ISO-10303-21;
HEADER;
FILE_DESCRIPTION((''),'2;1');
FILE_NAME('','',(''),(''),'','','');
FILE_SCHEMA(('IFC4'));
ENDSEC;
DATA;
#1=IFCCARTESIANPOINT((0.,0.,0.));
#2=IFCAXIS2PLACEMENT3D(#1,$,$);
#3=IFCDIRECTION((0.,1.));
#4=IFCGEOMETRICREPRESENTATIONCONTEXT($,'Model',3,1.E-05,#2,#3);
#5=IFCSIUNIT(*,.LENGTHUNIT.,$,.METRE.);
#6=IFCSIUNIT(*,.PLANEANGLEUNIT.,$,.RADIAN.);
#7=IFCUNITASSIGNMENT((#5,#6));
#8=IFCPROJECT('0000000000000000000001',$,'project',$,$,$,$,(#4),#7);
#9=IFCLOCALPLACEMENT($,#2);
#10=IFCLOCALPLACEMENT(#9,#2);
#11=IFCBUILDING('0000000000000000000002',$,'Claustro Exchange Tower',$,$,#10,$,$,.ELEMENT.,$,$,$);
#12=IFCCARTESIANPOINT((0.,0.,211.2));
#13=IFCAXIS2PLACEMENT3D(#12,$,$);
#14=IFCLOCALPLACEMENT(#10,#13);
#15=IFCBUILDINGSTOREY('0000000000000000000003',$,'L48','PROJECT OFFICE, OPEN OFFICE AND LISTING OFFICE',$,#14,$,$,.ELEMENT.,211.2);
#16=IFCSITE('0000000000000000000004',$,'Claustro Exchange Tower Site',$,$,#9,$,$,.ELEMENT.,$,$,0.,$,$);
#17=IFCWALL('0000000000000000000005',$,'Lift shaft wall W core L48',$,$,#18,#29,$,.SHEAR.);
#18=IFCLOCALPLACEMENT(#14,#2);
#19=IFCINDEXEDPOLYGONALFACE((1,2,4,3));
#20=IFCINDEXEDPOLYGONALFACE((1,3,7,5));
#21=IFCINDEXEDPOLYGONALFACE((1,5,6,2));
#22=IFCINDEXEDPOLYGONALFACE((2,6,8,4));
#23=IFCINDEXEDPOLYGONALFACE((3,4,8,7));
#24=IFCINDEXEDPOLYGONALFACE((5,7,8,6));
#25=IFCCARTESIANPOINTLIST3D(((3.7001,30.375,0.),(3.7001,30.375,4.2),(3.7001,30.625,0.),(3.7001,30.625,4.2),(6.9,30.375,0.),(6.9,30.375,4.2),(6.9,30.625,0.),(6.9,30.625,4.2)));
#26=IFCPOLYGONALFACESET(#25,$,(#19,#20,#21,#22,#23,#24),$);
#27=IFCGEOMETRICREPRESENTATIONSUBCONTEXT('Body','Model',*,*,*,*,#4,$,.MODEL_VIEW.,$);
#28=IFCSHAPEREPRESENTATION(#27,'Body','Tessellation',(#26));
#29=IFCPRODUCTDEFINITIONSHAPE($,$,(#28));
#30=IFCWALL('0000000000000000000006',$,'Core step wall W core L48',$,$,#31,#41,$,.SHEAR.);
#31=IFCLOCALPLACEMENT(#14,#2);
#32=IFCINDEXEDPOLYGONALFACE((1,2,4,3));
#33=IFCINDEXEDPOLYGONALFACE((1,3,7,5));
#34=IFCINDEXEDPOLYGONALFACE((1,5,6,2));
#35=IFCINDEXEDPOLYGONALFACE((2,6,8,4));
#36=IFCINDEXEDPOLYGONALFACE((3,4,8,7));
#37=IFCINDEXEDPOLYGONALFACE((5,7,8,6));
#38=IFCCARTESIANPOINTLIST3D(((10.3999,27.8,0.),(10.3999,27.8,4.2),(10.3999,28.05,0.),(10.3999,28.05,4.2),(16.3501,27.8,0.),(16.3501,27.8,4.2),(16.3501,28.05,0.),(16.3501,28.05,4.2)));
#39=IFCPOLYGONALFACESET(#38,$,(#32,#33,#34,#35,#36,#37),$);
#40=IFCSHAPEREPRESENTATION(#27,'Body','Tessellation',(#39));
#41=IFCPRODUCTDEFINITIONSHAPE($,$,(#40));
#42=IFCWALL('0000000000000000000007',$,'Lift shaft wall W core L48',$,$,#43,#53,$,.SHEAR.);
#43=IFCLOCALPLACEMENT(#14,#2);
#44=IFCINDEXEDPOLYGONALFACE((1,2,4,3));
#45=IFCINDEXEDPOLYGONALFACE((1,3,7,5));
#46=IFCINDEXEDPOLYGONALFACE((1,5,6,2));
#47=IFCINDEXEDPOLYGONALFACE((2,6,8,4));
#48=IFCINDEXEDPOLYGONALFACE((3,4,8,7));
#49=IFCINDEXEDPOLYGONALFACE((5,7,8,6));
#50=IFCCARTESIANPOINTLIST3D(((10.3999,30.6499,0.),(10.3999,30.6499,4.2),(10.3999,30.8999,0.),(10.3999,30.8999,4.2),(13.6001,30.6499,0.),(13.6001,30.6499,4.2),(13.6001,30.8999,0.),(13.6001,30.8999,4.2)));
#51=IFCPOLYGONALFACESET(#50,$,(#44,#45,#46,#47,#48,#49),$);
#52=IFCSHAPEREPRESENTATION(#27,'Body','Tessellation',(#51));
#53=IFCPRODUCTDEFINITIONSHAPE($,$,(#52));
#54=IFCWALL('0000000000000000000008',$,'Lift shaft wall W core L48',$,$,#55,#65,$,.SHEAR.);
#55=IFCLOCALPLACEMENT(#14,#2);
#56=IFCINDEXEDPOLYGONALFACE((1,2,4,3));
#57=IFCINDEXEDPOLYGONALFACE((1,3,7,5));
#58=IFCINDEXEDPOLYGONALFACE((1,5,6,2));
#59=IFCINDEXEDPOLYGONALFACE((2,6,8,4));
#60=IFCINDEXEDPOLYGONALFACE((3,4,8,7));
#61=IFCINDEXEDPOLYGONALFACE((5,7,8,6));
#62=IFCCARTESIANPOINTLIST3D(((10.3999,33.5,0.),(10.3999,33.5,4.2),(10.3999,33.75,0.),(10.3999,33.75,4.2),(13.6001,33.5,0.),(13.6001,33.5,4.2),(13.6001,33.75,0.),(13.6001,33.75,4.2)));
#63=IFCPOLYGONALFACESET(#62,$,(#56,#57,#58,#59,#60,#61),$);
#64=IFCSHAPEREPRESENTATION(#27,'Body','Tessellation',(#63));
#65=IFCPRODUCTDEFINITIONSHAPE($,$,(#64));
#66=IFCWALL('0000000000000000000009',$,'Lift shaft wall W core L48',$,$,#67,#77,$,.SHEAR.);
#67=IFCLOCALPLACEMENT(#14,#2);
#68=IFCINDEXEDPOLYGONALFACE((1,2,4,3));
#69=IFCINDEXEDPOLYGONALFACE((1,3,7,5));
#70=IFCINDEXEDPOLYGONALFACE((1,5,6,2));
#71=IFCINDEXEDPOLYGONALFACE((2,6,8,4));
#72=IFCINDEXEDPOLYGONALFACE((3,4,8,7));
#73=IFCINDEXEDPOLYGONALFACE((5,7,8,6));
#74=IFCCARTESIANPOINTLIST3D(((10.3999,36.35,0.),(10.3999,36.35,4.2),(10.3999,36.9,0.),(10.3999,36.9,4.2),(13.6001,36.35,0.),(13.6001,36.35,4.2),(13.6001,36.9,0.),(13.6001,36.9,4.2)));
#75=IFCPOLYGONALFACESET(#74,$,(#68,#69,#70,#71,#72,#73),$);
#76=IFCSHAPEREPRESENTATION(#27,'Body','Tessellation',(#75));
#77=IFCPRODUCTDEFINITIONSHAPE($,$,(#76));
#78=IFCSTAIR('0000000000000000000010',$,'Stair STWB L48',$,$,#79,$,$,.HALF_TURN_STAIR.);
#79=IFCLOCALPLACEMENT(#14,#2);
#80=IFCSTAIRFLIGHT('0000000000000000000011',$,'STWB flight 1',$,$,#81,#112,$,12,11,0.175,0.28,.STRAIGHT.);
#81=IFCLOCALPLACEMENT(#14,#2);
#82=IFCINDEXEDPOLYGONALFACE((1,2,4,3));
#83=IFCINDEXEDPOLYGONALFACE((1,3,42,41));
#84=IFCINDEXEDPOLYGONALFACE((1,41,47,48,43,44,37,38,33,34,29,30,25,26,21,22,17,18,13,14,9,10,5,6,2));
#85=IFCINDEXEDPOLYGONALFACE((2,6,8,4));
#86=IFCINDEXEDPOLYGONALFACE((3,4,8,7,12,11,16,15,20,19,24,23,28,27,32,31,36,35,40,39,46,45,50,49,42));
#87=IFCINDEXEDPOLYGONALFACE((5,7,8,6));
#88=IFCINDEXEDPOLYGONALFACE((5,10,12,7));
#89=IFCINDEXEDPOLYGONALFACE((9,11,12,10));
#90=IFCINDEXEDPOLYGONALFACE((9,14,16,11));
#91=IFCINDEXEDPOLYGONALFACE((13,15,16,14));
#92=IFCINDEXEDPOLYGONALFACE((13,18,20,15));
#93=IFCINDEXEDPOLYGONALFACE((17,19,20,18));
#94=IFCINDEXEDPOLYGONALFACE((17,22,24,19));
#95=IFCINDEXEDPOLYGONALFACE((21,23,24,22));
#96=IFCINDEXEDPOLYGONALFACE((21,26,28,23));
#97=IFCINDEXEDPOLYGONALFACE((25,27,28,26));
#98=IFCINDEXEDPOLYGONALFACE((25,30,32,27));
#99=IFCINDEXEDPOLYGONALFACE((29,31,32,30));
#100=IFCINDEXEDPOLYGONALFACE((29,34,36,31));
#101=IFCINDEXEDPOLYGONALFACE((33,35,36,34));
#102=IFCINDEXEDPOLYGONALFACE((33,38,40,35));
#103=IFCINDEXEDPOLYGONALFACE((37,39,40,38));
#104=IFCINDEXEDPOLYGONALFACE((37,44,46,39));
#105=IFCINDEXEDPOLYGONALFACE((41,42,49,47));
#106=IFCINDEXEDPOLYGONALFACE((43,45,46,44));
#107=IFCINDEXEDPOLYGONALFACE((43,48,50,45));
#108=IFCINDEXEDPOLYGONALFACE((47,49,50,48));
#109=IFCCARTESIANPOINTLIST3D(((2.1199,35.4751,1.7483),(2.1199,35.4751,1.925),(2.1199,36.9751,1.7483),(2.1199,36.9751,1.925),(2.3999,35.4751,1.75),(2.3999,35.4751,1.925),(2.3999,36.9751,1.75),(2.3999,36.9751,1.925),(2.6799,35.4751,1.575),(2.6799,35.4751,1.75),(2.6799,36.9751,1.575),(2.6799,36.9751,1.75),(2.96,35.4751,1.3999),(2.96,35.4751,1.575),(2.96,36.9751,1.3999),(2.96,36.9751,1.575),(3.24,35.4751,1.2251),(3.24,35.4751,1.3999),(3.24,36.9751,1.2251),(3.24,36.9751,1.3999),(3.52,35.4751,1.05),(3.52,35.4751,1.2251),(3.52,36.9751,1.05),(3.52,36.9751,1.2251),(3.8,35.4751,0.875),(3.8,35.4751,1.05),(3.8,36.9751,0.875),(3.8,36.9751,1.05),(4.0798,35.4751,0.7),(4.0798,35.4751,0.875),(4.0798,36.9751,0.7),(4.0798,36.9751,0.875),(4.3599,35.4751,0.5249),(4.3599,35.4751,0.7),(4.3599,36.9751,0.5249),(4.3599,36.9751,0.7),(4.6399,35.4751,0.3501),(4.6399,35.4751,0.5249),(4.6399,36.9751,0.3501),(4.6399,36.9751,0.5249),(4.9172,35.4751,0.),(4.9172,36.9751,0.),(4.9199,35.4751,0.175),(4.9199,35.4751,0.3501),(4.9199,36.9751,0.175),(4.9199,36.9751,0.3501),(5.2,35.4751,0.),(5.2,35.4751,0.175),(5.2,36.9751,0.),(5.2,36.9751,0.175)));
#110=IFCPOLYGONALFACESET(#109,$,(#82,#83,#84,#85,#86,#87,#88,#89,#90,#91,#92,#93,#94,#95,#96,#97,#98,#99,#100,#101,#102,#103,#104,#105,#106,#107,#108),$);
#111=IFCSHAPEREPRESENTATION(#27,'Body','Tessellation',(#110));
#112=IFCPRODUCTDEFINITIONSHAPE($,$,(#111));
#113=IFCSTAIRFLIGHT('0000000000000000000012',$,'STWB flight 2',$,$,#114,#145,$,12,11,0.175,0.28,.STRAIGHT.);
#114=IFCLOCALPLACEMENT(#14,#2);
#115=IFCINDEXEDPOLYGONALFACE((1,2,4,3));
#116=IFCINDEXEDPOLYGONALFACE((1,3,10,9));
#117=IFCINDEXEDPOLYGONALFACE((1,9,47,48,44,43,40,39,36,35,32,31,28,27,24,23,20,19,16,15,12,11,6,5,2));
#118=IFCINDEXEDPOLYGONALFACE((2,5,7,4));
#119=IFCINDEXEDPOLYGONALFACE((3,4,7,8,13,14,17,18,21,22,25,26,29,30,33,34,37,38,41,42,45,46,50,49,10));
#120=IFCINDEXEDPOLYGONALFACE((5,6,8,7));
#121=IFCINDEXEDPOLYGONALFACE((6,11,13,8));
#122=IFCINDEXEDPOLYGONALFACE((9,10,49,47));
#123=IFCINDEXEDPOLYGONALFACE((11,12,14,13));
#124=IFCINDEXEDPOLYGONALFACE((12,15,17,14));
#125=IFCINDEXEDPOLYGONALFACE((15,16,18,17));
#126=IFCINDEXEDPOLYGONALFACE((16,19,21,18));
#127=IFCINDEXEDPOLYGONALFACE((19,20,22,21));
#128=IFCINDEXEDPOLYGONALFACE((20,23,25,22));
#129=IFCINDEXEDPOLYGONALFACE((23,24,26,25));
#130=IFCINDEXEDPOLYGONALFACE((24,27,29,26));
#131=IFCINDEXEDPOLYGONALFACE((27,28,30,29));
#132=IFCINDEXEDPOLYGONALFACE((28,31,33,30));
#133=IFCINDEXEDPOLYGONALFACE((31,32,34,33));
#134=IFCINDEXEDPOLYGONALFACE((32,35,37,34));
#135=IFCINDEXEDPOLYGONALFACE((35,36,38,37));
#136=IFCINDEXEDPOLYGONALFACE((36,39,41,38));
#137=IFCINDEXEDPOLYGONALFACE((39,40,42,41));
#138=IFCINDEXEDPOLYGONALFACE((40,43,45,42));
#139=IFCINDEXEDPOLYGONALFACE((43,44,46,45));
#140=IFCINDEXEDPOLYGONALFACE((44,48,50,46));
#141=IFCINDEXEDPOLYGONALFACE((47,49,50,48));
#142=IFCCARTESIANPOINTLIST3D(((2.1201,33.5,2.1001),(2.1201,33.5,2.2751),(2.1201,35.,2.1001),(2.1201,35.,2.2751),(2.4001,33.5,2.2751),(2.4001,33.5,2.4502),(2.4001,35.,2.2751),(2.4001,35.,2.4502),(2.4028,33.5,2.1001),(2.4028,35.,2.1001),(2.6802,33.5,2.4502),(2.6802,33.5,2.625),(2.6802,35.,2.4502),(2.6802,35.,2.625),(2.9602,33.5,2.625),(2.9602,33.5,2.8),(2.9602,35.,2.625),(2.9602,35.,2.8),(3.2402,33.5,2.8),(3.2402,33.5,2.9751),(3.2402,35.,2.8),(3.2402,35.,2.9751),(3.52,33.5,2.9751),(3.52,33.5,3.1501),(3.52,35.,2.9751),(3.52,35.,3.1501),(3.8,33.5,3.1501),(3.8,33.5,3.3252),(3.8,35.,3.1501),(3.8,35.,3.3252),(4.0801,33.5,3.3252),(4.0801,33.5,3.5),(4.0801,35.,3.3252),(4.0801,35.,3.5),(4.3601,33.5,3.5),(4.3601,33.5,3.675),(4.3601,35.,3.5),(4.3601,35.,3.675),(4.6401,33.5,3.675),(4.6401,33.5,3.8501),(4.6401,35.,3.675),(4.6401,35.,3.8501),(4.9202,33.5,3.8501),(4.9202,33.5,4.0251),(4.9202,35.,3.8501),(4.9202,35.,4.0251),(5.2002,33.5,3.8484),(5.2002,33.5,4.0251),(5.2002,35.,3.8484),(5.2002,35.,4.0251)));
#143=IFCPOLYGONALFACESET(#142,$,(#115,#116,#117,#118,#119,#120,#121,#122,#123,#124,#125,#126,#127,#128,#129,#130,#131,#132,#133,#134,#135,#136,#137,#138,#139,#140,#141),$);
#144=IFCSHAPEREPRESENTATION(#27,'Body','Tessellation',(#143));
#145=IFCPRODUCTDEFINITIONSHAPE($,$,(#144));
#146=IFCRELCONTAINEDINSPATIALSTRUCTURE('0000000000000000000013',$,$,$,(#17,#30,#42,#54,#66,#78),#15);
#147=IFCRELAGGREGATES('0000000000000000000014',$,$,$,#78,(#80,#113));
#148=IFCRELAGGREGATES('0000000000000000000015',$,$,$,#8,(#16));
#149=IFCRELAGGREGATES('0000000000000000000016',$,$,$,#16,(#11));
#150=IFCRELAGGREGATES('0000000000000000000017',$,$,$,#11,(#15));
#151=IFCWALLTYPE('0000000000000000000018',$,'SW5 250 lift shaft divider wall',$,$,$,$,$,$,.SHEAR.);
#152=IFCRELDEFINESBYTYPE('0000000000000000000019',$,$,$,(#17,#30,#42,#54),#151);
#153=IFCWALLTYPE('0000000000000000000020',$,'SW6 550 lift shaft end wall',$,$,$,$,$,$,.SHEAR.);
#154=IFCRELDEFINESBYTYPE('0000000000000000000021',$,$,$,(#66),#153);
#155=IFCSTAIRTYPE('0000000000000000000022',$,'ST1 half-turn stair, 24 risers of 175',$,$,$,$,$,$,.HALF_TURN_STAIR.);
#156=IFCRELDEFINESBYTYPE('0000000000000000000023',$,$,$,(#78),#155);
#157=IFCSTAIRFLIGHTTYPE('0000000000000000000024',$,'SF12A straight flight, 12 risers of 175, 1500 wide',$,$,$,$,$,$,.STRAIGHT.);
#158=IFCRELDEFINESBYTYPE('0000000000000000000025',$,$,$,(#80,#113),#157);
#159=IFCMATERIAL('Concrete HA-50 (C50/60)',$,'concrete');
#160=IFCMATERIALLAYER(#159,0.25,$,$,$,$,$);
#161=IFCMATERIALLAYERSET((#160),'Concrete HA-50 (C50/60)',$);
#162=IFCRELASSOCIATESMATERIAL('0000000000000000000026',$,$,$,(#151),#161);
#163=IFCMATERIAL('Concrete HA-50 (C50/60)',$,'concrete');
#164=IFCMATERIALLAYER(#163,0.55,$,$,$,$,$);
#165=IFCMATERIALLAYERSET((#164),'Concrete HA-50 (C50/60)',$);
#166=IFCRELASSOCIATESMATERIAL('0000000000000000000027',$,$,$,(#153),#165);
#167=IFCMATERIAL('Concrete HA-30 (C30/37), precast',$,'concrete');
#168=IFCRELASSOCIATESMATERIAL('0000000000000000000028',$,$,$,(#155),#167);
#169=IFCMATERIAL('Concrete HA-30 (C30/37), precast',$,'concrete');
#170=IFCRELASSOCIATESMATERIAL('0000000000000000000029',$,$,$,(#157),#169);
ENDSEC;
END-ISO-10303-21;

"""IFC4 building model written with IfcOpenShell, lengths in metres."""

from ifc_helpers import new_model, si_unit, direction, frame, frame_2d, origin, place, context, subcontext, project, spatial, polyline, rectangle, outline, extrude, material, layer, layer_set, type_object, element, aggregate, save


model = new_model("IFC4")

# Units and contexts
model_context = context("Model", 3, precision=1e-05, world=origin(), true_north=direction((0.0, 1.0)))
body_context = subcontext(model_context, "Body", "Model", "MODEL_VIEW")
ifc_project = project(units=[si_unit("LENGTHUNIT", "METRE"), si_unit("PLANEANGLEUNIT", "RADIAN")], contexts=[model_context])

# Site, building, storey
site_placement = place(None, origin())
site = spatial("IfcSite", under=ifc_project, at=site_placement, Name="Claustro Exchange Tower Site", CompositionType="ELEMENT", RefElevation=0.0)
building_placement = place(site_placement, origin())
building = spatial("IfcBuilding", under=site, at=building_placement, Name="Claustro Exchange Tower", CompositionType="ELEMENT")
storey_placement = place(building_placement, frame((0.0, 0.0, 211.2)))
storey = spatial("IfcBuildingStorey", under=building, at=storey_placement, Name="L48", Description="PROJECT OFFICE, OPEN OFFICE AND LISTING OFFICE", CompositionType="ELEMENT", Elevation=211.2)

# Walls
ifc_material_1 = material(Name="Concrete HA-50 (C50/60)", Category="concrete")
ifc_layer_1 = layer(ifc_material_1, 0.25)
ifc_layer_set_1 = layer_set([ifc_layer_1], Name="Concrete HA-50 (C50/60)")
wall_type_1 = type_object("IfcWallType", Name="SW5 250 lift shaft divider wall", PredefinedType="SHEAR", material=ifc_layer_set_1)
wall_1_placement = place(storey_placement, frame((3.7, 30.5, 0.0), z_axis=(0.0, 0.0, 1.0), x_axis=(1.0, 0.0, 0.0)))
element("IfcWall", 1, at=wall_1_placement, inside=storey, type_object=wall_type_1, Name="Lift shaft wall W core L48", PredefinedType="SHEAR", context=body_context, shape_type="SweptSolid", body=[
    extrude(rectangle(XDim=3.2, YDim=0.25, at=frame_2d((1.6001, 0.0))), origin(), (0.0, 0.0, 1.0), 4.2),
])
wall_2_placement = place(storey_placement, frame((10.3999, 27.925, 0.0), z_axis=(0.0, 0.0, 1.0), x_axis=(1.0, 0.0, 0.0)))
element("IfcWall", 2, at=wall_2_placement, inside=storey, type_object=wall_type_1, Name="Core step wall W core L48", PredefinedType="SHEAR", context=body_context, shape_type="SweptSolid", body=[
    extrude(rectangle(XDim=5.9502, YDim=0.25, at=frame_2d((2.9751, 0.0))), origin(), (0.0, 0.0, 1.0), 4.2),
])
for number, where, z_axis, x_axis, name in (
    (3, (10.3999, 30.7749, 0.0), (0.0, 0.0, 1.0), (1.0, 0.0, 0.0), "Lift shaft wall W core L48"),
    (4, (10.3999, 33.625, 0.0), (0.0, 0.0, 1.0), (1.0, 0.0, 0.0), "Lift shaft wall W core L48"),
):
    element("IfcWall", number, at=place(storey_placement, frame(where, z_axis=z_axis, x_axis=x_axis)), inside=storey, type_object=wall_type_1, Name=name, PredefinedType="SHEAR", context=body_context, shape_type="SweptSolid", body=[
        extrude(rectangle(XDim=3.2002, YDim=0.25, at=frame_2d((1.6001, 0.0))), origin(), (0.0, 0.0, 1.0), 4.2),
    ])
ifc_material_2 = material(Name="Concrete HA-50 (C50/60)", Category="concrete")
ifc_layer_2 = layer(ifc_material_2, 0.55)
ifc_layer_set_2 = layer_set([ifc_layer_2], Name="Concrete HA-50 (C50/60)")
wall_type_2 = type_object("IfcWallType", Name="SW6 550 lift shaft end wall", PredefinedType="SHEAR", material=ifc_layer_set_2)
wall_3_placement = place(storey_placement, frame((10.3999, 36.625, 0.0), z_axis=(0.0, 0.0, 1.0), x_axis=(1.0, 0.0, 0.0)))
element("IfcWall", 5, at=wall_3_placement, inside=storey, type_object=wall_type_2, Name="Lift shaft wall W core L48", PredefinedType="SHEAR", context=body_context, shape_type="SweptSolid", body=[
    extrude(rectangle(XDim=3.2002, YDim=0.55, at=frame_2d((1.6001, 0.0))), origin(), (0.0, 0.0, 1.0), 4.2),
])

# Stair, stair flights
ifc_material_3 = material(Name="Concrete HA-30 (C30/37), precast", Category="concrete")
stair_type = type_object("IfcStairType", Name="ST1 half-turn stair, 24 risers of 175", PredefinedType="HALF_TURN_STAIR", material=ifc_material_3)
stair_placement = place(storey_placement, origin())
stair = element("IfcStair", 6, at=stair_placement, inside=storey, type_object=stair_type, Name="Stair STWB L48", PredefinedType="HALF_TURN_STAIR")
ifc_material_4 = material(Name="Concrete HA-30 (C30/37), precast", Category="concrete")
stair_flight_type = type_object("IfcStairFlightType", Name="SF12A straight flight, 12 risers of 175, 1500 wide", PredefinedType="STRAIGHT", material=ifc_material_4)
stair_flight_1_placement = place(storey_placement, frame((5.2, 36.2251, 0.0), z_axis=(0.0, 0.0, 1.0), x_axis=(-1.0, 0.0, 0.0)))
stair_flight_1 = element("IfcStairFlight", 7, at=stair_flight_1_placement, type_object=stair_flight_type, Name="STWB flight 1", NumberOfRisers=12, NumberOfTreads=11, PredefinedType="STRAIGHT", RiserHeight=0.175, TreadLength=0.28, context=body_context, shape_type="SweptSolid", body=[
    extrude(outline(polyline([(0.0, 0.0), (0.0, 0.175), (0.28, 0.175), (0.28, 0.3501), (0.5601, 0.3501), (0.5601, 0.5249), (0.8401, 0.5249), (0.8401, 0.7), (1.1201, 0.7), (1.1201, 0.875), (1.3999, 0.875), (1.3999, 1.05), (1.6799, 1.05), (1.6799, 1.2251), (1.96, 1.2251), (1.96, 1.3999), (2.24, 1.3999), (2.24, 1.575), (2.52, 1.575), (2.52, 1.75), (2.8, 1.75), (2.8, 1.925), (3.0801, 1.925), (3.0801, 2.1001), (3.0801, 1.7483), (0.2827, 0.0), (0.0, 0.0)])), frame((0.0, 0.75, 0.0), z_axis=(0.0, -1.0, 0.0), x_axis=(1.0, 0.0, 0.0)), (0.0, 0.0, 1.0), 1.5),
])
stair_flight_2_placement = place(storey_placement, frame((2.1201, 34.25, 2.1001), z_axis=(0.0, 0.0, 1.0), x_axis=(1.0, 0.0, 0.0)))
stair_flight_2 = element("IfcStairFlight", 8, at=stair_flight_2_placement, type_object=stair_flight_type, Name="STWB flight 2", NumberOfRisers=12, NumberOfTreads=11, PredefinedType="STRAIGHT", RiserHeight=0.175, TreadLength=0.28, context=body_context, shape_type="SweptSolid", body=[
    extrude(outline(polyline([(0.0, 0.0), (0.0, 0.175), (0.28, 0.175), (0.28, 0.3501), (0.5601, 0.3501), (0.5601, 0.5249), (0.8401, 0.5249), (0.8401, 0.7), (1.1201, 0.7), (1.1201, 0.875), (1.3999, 0.875), (1.3999, 1.05), (1.6799, 1.05), (1.6799, 1.2251), (1.96, 1.2251), (1.96, 1.3999), (2.24, 1.3999), (2.24, 1.575), (2.52, 1.575), (2.52, 1.75), (2.8, 1.75), (2.8, 1.925), (3.0801, 1.925), (3.0801, 2.1001), (3.0801, 1.7483), (0.2827, 0.0), (0.0, 0.0)])), frame((0.0, 0.75, 0.0), z_axis=(0.0, -1.0, 0.0), x_axis=(1.0, 0.0, 0.0)), (0.0, 0.0, 1.0), 1.5),
])
aggregate(stair, [stair_flight_1, stair_flight_2])

save(model, "model.ifc")
